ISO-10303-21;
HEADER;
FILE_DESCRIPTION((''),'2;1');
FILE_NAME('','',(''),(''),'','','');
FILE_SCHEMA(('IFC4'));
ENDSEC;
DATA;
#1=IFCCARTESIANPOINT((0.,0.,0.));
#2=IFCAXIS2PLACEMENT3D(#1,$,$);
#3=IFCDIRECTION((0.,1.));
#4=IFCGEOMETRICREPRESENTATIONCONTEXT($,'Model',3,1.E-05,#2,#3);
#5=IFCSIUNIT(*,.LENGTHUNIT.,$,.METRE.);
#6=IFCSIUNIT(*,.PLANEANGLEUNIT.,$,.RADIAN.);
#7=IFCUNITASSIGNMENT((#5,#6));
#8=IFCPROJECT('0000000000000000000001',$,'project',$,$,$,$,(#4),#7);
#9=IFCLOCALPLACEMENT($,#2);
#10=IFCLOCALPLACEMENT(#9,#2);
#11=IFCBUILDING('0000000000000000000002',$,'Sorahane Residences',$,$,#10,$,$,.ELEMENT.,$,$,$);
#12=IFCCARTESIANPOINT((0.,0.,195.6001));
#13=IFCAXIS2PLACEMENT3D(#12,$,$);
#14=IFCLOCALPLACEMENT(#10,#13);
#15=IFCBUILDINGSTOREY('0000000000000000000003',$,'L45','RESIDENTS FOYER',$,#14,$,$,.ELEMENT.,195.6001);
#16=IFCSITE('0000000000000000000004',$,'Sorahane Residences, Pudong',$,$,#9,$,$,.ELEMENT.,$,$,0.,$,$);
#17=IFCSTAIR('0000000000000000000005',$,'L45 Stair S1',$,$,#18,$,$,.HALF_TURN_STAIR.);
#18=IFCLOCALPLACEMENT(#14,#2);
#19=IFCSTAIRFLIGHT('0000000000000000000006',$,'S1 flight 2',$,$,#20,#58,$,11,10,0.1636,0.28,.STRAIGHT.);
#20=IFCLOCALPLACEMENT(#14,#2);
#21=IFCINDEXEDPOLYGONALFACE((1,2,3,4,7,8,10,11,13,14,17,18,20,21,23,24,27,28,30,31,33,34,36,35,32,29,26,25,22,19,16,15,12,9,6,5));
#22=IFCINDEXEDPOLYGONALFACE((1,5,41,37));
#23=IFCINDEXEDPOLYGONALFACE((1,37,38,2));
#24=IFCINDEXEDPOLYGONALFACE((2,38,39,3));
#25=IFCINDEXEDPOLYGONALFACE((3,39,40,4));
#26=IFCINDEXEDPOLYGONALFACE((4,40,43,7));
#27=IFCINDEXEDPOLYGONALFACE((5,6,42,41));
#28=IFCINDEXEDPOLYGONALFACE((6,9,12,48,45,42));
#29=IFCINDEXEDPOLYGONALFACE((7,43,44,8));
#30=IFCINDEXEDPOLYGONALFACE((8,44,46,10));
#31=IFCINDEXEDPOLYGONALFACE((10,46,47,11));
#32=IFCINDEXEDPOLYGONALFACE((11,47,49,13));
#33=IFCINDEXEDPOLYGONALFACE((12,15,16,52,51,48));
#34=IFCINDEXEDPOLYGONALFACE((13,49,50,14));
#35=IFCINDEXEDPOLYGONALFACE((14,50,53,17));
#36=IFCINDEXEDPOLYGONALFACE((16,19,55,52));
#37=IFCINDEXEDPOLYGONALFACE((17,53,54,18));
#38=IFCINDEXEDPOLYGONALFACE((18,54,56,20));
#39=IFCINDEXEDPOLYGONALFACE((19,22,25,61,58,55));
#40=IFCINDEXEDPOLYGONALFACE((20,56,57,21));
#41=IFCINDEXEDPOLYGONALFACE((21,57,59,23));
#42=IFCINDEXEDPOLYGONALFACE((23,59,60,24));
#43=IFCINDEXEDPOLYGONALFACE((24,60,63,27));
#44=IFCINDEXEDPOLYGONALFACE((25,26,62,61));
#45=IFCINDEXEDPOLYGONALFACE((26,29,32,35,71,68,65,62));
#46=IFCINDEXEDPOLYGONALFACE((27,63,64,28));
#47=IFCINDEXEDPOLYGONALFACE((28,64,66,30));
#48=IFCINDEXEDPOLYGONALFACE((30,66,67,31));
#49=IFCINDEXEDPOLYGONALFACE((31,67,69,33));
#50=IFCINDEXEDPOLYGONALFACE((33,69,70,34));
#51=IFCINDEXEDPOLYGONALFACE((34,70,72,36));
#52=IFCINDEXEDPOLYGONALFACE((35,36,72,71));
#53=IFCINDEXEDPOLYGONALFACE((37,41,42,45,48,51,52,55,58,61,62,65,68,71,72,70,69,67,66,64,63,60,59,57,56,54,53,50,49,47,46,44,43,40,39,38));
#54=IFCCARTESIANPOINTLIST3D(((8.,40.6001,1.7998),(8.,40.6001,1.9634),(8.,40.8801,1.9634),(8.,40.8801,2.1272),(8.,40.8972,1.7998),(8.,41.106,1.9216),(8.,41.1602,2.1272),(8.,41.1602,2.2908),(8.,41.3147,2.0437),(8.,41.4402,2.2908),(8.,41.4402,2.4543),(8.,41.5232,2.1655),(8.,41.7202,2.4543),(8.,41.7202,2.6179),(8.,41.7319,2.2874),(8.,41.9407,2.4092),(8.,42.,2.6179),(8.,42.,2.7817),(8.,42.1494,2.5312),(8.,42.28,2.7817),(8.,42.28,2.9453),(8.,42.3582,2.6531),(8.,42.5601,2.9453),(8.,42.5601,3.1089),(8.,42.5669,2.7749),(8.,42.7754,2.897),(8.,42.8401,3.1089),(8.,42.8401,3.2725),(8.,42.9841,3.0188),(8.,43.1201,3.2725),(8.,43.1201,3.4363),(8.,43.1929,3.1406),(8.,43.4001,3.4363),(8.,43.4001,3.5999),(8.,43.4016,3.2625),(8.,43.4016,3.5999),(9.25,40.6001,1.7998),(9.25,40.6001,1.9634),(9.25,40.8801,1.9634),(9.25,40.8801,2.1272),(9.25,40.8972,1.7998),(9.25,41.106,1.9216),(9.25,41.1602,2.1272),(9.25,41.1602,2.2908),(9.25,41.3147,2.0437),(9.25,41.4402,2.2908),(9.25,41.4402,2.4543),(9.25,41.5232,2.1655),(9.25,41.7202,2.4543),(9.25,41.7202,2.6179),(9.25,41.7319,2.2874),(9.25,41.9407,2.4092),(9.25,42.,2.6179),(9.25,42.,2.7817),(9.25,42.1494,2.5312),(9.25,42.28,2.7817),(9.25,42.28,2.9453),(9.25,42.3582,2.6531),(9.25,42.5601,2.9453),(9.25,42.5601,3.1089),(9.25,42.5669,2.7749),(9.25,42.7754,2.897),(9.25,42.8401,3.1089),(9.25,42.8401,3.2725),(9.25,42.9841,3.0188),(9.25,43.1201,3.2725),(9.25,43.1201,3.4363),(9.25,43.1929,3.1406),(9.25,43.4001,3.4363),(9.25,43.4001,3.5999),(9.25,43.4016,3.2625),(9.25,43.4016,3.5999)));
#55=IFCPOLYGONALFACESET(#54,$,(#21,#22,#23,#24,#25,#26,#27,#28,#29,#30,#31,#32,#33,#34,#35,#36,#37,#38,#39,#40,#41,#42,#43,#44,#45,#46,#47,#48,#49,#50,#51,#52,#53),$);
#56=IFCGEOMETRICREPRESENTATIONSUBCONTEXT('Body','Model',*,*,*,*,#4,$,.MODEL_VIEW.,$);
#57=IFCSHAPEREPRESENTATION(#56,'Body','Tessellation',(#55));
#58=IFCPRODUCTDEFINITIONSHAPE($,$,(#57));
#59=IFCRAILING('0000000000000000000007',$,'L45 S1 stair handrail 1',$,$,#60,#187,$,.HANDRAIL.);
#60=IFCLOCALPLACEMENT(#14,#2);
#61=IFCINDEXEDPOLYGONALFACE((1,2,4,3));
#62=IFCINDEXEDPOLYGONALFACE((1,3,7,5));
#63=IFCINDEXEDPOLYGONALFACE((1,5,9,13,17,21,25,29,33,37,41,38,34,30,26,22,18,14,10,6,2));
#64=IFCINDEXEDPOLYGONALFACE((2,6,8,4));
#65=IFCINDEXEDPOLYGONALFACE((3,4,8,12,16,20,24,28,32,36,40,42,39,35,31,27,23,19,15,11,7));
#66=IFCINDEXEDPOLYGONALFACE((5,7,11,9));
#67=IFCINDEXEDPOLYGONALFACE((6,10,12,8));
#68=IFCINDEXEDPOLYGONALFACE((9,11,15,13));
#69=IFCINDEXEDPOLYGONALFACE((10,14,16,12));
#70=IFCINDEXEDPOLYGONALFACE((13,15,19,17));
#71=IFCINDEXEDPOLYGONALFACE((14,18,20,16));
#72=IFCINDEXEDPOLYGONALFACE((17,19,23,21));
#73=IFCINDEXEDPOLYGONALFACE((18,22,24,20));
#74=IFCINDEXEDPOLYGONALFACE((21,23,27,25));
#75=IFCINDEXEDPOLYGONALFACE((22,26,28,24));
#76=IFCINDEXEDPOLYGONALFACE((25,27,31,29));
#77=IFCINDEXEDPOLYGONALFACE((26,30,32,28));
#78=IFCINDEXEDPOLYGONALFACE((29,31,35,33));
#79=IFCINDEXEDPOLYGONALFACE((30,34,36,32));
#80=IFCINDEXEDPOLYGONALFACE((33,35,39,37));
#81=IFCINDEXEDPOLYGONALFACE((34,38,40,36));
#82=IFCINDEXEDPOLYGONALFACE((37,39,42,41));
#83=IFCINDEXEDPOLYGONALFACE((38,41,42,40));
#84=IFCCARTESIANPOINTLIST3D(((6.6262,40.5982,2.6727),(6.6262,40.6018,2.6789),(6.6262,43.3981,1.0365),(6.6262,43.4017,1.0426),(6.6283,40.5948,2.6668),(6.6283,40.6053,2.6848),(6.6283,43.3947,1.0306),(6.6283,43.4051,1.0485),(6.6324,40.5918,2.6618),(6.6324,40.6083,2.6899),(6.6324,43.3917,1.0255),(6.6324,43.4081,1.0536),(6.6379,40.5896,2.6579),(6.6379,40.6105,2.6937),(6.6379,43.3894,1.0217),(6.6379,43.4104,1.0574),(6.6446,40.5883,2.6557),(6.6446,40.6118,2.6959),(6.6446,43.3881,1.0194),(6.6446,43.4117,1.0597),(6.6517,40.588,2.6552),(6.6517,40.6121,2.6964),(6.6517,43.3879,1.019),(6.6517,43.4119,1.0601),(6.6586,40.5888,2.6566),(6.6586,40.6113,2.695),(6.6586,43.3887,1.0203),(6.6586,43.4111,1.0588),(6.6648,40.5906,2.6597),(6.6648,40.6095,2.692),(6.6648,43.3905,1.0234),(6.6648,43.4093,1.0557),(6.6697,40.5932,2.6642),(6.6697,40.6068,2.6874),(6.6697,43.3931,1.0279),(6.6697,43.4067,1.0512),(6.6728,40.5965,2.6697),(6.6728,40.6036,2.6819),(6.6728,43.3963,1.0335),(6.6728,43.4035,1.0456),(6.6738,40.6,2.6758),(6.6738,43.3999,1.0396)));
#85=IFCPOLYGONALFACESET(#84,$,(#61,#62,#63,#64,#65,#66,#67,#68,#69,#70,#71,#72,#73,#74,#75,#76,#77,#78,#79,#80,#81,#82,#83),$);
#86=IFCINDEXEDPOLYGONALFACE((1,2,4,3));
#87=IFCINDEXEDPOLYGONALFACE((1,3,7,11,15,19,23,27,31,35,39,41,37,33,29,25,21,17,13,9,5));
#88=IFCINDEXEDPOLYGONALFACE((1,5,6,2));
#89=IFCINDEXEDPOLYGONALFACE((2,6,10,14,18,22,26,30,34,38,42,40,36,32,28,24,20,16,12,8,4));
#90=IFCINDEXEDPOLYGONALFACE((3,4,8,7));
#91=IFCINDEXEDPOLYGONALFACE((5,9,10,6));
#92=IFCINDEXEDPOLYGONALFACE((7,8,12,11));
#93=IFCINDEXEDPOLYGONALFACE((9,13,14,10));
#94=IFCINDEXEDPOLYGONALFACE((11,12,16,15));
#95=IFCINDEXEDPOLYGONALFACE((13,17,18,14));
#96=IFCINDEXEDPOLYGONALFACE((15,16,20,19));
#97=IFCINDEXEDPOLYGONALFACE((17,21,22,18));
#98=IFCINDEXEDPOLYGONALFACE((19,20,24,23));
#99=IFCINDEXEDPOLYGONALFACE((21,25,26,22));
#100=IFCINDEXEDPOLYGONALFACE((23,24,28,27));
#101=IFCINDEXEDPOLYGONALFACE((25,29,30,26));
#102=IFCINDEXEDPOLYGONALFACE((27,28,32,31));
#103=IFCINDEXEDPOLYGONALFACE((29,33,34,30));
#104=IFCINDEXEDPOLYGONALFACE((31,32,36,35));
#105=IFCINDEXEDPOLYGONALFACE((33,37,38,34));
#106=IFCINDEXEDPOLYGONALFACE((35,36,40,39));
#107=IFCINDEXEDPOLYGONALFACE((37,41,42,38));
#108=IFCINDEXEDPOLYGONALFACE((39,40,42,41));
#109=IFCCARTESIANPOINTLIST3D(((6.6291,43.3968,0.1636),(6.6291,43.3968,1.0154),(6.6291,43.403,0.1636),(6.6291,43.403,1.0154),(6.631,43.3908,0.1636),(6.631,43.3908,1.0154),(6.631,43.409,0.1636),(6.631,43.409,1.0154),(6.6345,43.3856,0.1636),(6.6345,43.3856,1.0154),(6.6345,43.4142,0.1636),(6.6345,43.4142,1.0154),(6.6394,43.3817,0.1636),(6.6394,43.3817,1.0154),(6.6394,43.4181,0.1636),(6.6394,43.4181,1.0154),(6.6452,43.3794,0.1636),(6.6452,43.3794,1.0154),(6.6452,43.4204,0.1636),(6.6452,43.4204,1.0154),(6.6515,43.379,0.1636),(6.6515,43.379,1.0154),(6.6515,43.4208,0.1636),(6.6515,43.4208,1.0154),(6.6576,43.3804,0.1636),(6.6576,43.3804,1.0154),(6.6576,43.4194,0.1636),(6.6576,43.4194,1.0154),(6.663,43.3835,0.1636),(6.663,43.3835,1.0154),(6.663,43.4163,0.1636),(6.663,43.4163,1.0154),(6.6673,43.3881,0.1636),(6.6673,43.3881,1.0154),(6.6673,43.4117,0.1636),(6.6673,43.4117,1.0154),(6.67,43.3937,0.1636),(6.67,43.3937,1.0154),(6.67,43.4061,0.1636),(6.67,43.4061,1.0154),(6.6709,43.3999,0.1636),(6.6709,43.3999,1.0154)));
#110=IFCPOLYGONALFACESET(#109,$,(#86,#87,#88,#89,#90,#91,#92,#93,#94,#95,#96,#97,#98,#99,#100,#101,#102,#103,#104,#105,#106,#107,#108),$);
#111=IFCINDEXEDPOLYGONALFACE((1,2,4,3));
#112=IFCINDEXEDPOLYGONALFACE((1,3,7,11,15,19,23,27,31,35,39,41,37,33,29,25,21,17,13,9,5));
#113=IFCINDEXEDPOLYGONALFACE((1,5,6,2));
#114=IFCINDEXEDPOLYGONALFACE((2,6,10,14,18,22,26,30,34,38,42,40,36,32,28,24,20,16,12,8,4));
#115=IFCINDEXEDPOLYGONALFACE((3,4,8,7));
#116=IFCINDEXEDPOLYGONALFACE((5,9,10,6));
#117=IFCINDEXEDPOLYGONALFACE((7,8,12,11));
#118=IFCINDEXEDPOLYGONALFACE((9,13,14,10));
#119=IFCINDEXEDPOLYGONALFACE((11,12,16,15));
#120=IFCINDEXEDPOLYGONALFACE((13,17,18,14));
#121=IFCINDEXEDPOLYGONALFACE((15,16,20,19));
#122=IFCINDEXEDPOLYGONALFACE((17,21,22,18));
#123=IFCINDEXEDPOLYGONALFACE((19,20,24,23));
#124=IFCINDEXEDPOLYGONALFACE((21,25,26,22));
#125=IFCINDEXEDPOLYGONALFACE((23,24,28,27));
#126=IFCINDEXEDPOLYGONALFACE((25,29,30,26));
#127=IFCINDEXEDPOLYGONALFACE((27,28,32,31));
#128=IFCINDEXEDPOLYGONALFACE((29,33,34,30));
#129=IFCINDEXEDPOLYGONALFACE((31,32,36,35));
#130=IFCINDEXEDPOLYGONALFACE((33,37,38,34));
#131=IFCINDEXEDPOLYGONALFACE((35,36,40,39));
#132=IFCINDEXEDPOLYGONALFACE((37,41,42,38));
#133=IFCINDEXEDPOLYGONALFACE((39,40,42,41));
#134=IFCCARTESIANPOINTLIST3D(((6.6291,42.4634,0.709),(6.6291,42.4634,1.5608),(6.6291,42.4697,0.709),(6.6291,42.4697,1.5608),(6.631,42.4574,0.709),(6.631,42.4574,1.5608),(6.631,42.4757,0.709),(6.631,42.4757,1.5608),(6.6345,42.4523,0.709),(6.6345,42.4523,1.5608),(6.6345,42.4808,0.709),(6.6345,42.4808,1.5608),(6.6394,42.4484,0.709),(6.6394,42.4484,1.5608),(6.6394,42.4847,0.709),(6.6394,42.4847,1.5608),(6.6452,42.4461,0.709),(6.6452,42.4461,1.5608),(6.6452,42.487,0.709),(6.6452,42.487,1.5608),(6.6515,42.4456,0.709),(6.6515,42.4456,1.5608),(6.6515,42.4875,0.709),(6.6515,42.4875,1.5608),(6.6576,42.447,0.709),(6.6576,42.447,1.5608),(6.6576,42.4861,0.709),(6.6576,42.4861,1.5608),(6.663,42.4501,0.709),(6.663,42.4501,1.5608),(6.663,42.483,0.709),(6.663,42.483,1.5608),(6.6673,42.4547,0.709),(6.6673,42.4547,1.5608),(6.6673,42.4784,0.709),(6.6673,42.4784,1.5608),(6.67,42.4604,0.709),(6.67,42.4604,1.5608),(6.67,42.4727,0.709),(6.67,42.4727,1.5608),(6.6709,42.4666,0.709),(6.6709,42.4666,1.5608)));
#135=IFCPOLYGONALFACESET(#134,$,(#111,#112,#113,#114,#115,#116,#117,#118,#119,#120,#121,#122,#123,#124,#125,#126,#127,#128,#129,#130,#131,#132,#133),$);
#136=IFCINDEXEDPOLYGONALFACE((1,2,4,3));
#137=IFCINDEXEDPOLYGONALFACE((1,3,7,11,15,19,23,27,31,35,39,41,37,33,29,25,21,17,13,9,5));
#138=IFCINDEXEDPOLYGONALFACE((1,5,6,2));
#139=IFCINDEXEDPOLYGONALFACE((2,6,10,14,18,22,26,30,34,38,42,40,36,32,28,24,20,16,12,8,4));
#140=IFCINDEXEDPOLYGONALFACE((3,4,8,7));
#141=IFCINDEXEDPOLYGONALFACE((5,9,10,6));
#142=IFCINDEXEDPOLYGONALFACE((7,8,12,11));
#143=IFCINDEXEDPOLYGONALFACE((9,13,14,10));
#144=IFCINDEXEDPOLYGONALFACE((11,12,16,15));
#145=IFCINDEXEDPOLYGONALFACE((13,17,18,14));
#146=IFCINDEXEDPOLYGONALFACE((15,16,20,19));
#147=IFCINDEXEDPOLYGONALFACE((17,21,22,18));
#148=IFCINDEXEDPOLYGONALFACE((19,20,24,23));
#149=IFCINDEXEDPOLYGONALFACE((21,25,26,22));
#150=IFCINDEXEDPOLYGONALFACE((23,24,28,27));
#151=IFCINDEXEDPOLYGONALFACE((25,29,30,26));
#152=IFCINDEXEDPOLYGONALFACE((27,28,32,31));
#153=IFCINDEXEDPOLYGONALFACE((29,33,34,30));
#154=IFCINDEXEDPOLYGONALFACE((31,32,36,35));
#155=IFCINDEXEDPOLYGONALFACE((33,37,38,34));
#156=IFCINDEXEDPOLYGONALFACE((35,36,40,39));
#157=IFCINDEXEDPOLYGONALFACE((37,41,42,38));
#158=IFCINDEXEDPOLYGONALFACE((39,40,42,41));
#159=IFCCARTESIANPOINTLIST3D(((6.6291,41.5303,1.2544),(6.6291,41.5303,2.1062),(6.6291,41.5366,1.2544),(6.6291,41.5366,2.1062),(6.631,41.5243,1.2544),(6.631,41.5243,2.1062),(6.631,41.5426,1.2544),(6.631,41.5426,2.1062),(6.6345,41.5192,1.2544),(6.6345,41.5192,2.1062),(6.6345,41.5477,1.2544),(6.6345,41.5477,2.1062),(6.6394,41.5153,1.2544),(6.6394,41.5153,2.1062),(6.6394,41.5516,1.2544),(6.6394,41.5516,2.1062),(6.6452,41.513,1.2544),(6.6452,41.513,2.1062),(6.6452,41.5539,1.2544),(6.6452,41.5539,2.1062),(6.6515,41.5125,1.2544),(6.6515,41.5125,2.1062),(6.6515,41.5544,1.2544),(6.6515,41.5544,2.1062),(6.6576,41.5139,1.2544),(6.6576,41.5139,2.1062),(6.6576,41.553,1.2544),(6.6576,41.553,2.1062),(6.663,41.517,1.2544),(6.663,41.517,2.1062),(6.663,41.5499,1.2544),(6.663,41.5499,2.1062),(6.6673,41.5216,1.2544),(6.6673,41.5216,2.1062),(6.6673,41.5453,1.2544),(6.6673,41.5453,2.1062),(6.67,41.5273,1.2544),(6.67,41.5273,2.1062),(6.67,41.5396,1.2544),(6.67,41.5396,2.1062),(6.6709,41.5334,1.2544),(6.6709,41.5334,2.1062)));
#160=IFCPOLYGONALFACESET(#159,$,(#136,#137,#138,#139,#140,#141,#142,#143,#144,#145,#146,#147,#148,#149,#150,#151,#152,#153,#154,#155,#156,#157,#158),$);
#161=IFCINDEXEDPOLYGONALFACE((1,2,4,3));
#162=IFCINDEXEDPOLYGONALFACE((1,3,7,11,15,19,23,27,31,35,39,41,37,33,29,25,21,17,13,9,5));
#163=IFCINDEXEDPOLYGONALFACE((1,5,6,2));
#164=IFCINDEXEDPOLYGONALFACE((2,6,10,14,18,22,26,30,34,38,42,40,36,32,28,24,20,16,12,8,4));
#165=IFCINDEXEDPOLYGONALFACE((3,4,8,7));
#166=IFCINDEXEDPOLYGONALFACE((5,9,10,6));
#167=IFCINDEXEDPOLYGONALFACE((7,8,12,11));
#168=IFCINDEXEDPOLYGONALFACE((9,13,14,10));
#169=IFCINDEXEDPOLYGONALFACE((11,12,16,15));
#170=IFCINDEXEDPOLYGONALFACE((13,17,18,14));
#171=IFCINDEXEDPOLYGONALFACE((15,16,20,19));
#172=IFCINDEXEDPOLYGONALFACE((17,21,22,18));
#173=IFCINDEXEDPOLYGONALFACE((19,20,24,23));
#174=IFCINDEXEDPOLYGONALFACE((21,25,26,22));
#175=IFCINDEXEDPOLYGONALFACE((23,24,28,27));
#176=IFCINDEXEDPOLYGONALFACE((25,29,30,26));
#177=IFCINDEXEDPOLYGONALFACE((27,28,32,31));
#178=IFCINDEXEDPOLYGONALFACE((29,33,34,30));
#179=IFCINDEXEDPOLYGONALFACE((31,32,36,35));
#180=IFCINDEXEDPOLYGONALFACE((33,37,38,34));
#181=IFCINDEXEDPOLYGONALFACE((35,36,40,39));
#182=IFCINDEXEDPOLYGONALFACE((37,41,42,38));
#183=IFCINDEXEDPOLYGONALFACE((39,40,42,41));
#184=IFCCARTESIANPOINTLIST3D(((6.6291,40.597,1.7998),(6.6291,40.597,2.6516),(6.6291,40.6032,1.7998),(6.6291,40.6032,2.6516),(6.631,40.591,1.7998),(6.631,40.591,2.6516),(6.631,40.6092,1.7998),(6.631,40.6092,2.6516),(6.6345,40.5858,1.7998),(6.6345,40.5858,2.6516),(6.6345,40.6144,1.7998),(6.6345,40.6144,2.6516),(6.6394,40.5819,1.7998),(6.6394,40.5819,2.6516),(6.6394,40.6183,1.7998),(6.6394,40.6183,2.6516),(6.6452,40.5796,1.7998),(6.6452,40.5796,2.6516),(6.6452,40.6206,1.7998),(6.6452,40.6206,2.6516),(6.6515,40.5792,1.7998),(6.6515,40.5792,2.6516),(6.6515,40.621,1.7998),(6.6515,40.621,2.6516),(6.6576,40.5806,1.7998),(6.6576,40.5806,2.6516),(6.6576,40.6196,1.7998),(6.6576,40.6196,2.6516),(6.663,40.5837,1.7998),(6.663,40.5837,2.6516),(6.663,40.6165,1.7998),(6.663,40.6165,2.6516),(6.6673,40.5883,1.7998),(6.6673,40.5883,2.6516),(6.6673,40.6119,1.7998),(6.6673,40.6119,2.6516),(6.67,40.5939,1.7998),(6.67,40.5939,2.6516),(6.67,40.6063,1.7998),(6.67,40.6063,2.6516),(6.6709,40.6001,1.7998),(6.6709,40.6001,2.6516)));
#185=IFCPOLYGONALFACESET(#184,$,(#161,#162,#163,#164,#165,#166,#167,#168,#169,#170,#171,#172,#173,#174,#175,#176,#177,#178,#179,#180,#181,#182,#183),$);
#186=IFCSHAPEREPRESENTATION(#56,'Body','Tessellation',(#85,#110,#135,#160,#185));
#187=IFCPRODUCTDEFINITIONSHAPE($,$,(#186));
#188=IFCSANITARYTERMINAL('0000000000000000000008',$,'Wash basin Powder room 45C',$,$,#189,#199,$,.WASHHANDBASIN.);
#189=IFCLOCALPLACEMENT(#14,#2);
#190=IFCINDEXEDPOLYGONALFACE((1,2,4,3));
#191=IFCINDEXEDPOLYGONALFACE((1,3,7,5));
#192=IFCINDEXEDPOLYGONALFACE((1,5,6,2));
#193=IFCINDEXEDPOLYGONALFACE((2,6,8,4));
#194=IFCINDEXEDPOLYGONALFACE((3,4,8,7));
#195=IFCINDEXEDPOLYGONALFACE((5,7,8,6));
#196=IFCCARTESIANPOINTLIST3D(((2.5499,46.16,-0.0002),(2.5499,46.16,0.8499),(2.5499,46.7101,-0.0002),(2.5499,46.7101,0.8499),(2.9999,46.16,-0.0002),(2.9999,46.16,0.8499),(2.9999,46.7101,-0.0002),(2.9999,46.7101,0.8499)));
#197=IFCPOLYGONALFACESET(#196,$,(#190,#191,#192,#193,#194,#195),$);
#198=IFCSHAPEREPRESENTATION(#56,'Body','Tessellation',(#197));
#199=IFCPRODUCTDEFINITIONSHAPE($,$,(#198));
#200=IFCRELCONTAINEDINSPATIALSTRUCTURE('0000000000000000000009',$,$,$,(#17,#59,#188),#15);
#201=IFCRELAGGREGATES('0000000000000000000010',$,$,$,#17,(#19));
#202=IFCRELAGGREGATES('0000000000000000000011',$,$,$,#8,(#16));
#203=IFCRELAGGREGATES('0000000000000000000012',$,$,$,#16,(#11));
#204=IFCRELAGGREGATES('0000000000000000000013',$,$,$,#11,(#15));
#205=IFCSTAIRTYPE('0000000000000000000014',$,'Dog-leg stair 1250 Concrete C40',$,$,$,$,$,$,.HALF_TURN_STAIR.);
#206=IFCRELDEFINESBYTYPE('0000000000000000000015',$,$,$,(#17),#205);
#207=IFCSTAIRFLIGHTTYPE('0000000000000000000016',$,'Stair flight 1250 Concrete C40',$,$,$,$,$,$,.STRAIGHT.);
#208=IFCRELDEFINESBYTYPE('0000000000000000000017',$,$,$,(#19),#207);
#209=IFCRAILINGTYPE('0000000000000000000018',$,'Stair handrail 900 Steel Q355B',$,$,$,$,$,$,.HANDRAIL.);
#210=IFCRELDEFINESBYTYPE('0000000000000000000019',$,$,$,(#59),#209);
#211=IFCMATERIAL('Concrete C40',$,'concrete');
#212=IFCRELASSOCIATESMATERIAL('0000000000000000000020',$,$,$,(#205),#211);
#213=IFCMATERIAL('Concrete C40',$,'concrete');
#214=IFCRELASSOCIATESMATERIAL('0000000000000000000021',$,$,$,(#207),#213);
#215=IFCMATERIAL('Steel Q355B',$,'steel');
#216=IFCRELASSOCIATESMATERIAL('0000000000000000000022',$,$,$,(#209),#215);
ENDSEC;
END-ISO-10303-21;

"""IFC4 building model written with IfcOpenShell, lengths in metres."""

from ifc_helpers import new_model, si_unit, direction, frame, origin, origin_2d, place, context, subcontext, project, spatial, polyline, rectangle, circle, outline, extrude, material, type_object, element, aggregate, save


model = new_model("IFC4")

# Units and contexts
model_context = context("Model", 3, precision=1e-05, world=origin(), true_north=direction((0.0, 1.0)))
body_context = subcontext(model_context, "Body", "Model", "MODEL_VIEW")
ifc_project = project(units=[si_unit("LENGTHUNIT", "METRE"), si_unit("PLANEANGLEUNIT", "RADIAN")], contexts=[model_context])

# Site, building, storey
site_placement = place(None, origin())
site = spatial("IfcSite", under=ifc_project, at=site_placement, Name="Sorahane Residences, Pudong", CompositionType="ELEMENT", RefElevation=0.0)
building_placement = place(site_placement, origin())
building = spatial("IfcBuilding", under=site, at=building_placement, Name="Sorahane Residences", CompositionType="ELEMENT")
storey_placement = place(building_placement, frame((0.0, 0.0, 195.6001)))
storey = spatial("IfcBuildingStorey", under=building, at=storey_placement, Name="L45", Description="RESIDENTS FOYER", CompositionType="ELEMENT", Elevation=195.6001)

# Stair, stair flight
ifc_material_1 = material(Name="Concrete C40", Category="concrete")
stair_type = type_object("IfcStairType", Name="Dog-leg stair 1250 Concrete C40", PredefinedType="HALF_TURN_STAIR", material=ifc_material_1)
stair_placement = place(storey_placement, origin())
stair = element("IfcStair", 1, at=stair_placement, inside=storey, type_object=stair_type, Name="L45 Stair S1", PredefinedType="HALF_TURN_STAIR")
ifc_material_2 = material(Name="Concrete C40", Category="concrete")
stair_flight_type = type_object("IfcStairFlightType", Name="Stair flight 1250 Concrete C40", PredefinedType="STRAIGHT", material=ifc_material_2)
stair_flight_1_placement = place(storey_placement, frame((8.625, 40.6001, 1.7998), z_axis=(0.0, 0.0, 1.0), x_axis=(0.0, 1.0, 0.0)))
stair_flight_1 = element("IfcStairFlight", 2, at=stair_flight_1_placement, type_object=stair_flight_type, Name="S1 flight 2", NumberOfRisers=11, NumberOfTreads=10, PredefinedType="STRAIGHT", RiserHeight=0.1636, TreadLength=0.28, context=body_context, shape_type="SweptSolid", body=[
    extrude(outline(polyline([(0.0, 0.0), (0.0, 0.1636), (0.28, 0.1636), (0.28, 0.3274), (0.5601, 0.3274), (0.5601, 0.491), (0.8401, 0.491), (0.8401, 0.6545), (1.1201, 0.6545), (1.1201, 0.8181), (1.3999, 0.8181), (1.3999, 0.9819), (1.6799, 0.9819), (1.6799, 1.1455), (1.96, 1.1455), (1.96, 1.3091), (2.24, 1.3091), (2.24, 1.4727), (2.52, 1.4727), (2.52, 1.6365), (2.8, 1.6365), (2.8, 1.8), (2.8015, 1.8), (2.8015, 1.4626), (2.5928, 1.3408), (2.384, 1.219), (2.1753, 1.0972), (1.9668, 0.9751), (1.7581, 0.8533), (1.5493, 0.7314), (1.3406, 0.6094), (1.1318, 0.4875), (0.9231, 0.3657), (0.7146, 0.2439), (0.5059, 0.1218), (0.2971, 0.0), (0.0, 0.0)])), frame((0.0, 0.625, 0.0), z_axis=(0.0, -1.0, 0.0), x_axis=(1.0, 0.0, 0.0)), (0.0, 0.0, 1.0), 1.25),
])
aggregate(stair, [stair_flight_1])

# Railing
ifc_material_3 = material(Name="Steel Q355B", Category="steel")
railing_type_1 = type_object("IfcRailingType", Name="Stair handrail 900 Steel Q355B", PredefinedType="HANDRAIL", material=ifc_material_3)
railing_1_placement = place(storey_placement, frame((6.6499, 43.3999, 0.1636)))
element("IfcRailing", 3, at=railing_1_placement, inside=storey, type_object=railing_type_1, Name="L45 S1 stair handrail 1", PredefinedType="HANDRAIL", context=body_context, shape_type="SweptSolid", body=[
    extrude(circle(Radius=0.0239, at=origin_2d()), frame((0.0, 0.0, 0.876), z_axis=(0.0, -0.863374, 0.504564), x_axis=(1.0, 0.0, 0.0)), (0.0, 0.0, 1.0), 3.2429),
    extrude(circle(Radius=0.021, at=origin_2d()), origin(), (0.0, 0.0, 1.0), 0.8518),
    extrude(circle(Radius=0.021, at=origin_2d()), frame((0.0, -0.9333, 0.5454)), (0.0, 0.0, 1.0), 0.8518),
    extrude(circle(Radius=0.021, at=origin_2d()), frame((0.0, -1.8665, 1.0908)), (0.0, 0.0, 1.0), 0.8518),
    extrude(circle(Radius=0.021, at=origin_2d()), frame((0.0, -2.7998, 1.6362)), (0.0, 0.0, 1.0), 0.8518),
])

# Sanitary terminal
sanitary_terminal_placement = place(storey_placement, frame((2.7749, 46.4351, -0.0002), z_axis=(0.0, 0.0, 1.0), x_axis=(0.0, -1.0, 0.0)))
element("IfcSanitaryTerminal", 4, at=sanitary_terminal_placement, inside=storey, Name="Wash basin Powder room 45C", PredefinedType="WASHHANDBASIN", context=body_context, shape_type="SweptSolid", body=[
    extrude(rectangle(XDim=0.55, YDim=0.45, at=origin_2d()), origin(), (0.0, 0.0, 1.0), 0.8501),
])

save(model, "model.ifc")
